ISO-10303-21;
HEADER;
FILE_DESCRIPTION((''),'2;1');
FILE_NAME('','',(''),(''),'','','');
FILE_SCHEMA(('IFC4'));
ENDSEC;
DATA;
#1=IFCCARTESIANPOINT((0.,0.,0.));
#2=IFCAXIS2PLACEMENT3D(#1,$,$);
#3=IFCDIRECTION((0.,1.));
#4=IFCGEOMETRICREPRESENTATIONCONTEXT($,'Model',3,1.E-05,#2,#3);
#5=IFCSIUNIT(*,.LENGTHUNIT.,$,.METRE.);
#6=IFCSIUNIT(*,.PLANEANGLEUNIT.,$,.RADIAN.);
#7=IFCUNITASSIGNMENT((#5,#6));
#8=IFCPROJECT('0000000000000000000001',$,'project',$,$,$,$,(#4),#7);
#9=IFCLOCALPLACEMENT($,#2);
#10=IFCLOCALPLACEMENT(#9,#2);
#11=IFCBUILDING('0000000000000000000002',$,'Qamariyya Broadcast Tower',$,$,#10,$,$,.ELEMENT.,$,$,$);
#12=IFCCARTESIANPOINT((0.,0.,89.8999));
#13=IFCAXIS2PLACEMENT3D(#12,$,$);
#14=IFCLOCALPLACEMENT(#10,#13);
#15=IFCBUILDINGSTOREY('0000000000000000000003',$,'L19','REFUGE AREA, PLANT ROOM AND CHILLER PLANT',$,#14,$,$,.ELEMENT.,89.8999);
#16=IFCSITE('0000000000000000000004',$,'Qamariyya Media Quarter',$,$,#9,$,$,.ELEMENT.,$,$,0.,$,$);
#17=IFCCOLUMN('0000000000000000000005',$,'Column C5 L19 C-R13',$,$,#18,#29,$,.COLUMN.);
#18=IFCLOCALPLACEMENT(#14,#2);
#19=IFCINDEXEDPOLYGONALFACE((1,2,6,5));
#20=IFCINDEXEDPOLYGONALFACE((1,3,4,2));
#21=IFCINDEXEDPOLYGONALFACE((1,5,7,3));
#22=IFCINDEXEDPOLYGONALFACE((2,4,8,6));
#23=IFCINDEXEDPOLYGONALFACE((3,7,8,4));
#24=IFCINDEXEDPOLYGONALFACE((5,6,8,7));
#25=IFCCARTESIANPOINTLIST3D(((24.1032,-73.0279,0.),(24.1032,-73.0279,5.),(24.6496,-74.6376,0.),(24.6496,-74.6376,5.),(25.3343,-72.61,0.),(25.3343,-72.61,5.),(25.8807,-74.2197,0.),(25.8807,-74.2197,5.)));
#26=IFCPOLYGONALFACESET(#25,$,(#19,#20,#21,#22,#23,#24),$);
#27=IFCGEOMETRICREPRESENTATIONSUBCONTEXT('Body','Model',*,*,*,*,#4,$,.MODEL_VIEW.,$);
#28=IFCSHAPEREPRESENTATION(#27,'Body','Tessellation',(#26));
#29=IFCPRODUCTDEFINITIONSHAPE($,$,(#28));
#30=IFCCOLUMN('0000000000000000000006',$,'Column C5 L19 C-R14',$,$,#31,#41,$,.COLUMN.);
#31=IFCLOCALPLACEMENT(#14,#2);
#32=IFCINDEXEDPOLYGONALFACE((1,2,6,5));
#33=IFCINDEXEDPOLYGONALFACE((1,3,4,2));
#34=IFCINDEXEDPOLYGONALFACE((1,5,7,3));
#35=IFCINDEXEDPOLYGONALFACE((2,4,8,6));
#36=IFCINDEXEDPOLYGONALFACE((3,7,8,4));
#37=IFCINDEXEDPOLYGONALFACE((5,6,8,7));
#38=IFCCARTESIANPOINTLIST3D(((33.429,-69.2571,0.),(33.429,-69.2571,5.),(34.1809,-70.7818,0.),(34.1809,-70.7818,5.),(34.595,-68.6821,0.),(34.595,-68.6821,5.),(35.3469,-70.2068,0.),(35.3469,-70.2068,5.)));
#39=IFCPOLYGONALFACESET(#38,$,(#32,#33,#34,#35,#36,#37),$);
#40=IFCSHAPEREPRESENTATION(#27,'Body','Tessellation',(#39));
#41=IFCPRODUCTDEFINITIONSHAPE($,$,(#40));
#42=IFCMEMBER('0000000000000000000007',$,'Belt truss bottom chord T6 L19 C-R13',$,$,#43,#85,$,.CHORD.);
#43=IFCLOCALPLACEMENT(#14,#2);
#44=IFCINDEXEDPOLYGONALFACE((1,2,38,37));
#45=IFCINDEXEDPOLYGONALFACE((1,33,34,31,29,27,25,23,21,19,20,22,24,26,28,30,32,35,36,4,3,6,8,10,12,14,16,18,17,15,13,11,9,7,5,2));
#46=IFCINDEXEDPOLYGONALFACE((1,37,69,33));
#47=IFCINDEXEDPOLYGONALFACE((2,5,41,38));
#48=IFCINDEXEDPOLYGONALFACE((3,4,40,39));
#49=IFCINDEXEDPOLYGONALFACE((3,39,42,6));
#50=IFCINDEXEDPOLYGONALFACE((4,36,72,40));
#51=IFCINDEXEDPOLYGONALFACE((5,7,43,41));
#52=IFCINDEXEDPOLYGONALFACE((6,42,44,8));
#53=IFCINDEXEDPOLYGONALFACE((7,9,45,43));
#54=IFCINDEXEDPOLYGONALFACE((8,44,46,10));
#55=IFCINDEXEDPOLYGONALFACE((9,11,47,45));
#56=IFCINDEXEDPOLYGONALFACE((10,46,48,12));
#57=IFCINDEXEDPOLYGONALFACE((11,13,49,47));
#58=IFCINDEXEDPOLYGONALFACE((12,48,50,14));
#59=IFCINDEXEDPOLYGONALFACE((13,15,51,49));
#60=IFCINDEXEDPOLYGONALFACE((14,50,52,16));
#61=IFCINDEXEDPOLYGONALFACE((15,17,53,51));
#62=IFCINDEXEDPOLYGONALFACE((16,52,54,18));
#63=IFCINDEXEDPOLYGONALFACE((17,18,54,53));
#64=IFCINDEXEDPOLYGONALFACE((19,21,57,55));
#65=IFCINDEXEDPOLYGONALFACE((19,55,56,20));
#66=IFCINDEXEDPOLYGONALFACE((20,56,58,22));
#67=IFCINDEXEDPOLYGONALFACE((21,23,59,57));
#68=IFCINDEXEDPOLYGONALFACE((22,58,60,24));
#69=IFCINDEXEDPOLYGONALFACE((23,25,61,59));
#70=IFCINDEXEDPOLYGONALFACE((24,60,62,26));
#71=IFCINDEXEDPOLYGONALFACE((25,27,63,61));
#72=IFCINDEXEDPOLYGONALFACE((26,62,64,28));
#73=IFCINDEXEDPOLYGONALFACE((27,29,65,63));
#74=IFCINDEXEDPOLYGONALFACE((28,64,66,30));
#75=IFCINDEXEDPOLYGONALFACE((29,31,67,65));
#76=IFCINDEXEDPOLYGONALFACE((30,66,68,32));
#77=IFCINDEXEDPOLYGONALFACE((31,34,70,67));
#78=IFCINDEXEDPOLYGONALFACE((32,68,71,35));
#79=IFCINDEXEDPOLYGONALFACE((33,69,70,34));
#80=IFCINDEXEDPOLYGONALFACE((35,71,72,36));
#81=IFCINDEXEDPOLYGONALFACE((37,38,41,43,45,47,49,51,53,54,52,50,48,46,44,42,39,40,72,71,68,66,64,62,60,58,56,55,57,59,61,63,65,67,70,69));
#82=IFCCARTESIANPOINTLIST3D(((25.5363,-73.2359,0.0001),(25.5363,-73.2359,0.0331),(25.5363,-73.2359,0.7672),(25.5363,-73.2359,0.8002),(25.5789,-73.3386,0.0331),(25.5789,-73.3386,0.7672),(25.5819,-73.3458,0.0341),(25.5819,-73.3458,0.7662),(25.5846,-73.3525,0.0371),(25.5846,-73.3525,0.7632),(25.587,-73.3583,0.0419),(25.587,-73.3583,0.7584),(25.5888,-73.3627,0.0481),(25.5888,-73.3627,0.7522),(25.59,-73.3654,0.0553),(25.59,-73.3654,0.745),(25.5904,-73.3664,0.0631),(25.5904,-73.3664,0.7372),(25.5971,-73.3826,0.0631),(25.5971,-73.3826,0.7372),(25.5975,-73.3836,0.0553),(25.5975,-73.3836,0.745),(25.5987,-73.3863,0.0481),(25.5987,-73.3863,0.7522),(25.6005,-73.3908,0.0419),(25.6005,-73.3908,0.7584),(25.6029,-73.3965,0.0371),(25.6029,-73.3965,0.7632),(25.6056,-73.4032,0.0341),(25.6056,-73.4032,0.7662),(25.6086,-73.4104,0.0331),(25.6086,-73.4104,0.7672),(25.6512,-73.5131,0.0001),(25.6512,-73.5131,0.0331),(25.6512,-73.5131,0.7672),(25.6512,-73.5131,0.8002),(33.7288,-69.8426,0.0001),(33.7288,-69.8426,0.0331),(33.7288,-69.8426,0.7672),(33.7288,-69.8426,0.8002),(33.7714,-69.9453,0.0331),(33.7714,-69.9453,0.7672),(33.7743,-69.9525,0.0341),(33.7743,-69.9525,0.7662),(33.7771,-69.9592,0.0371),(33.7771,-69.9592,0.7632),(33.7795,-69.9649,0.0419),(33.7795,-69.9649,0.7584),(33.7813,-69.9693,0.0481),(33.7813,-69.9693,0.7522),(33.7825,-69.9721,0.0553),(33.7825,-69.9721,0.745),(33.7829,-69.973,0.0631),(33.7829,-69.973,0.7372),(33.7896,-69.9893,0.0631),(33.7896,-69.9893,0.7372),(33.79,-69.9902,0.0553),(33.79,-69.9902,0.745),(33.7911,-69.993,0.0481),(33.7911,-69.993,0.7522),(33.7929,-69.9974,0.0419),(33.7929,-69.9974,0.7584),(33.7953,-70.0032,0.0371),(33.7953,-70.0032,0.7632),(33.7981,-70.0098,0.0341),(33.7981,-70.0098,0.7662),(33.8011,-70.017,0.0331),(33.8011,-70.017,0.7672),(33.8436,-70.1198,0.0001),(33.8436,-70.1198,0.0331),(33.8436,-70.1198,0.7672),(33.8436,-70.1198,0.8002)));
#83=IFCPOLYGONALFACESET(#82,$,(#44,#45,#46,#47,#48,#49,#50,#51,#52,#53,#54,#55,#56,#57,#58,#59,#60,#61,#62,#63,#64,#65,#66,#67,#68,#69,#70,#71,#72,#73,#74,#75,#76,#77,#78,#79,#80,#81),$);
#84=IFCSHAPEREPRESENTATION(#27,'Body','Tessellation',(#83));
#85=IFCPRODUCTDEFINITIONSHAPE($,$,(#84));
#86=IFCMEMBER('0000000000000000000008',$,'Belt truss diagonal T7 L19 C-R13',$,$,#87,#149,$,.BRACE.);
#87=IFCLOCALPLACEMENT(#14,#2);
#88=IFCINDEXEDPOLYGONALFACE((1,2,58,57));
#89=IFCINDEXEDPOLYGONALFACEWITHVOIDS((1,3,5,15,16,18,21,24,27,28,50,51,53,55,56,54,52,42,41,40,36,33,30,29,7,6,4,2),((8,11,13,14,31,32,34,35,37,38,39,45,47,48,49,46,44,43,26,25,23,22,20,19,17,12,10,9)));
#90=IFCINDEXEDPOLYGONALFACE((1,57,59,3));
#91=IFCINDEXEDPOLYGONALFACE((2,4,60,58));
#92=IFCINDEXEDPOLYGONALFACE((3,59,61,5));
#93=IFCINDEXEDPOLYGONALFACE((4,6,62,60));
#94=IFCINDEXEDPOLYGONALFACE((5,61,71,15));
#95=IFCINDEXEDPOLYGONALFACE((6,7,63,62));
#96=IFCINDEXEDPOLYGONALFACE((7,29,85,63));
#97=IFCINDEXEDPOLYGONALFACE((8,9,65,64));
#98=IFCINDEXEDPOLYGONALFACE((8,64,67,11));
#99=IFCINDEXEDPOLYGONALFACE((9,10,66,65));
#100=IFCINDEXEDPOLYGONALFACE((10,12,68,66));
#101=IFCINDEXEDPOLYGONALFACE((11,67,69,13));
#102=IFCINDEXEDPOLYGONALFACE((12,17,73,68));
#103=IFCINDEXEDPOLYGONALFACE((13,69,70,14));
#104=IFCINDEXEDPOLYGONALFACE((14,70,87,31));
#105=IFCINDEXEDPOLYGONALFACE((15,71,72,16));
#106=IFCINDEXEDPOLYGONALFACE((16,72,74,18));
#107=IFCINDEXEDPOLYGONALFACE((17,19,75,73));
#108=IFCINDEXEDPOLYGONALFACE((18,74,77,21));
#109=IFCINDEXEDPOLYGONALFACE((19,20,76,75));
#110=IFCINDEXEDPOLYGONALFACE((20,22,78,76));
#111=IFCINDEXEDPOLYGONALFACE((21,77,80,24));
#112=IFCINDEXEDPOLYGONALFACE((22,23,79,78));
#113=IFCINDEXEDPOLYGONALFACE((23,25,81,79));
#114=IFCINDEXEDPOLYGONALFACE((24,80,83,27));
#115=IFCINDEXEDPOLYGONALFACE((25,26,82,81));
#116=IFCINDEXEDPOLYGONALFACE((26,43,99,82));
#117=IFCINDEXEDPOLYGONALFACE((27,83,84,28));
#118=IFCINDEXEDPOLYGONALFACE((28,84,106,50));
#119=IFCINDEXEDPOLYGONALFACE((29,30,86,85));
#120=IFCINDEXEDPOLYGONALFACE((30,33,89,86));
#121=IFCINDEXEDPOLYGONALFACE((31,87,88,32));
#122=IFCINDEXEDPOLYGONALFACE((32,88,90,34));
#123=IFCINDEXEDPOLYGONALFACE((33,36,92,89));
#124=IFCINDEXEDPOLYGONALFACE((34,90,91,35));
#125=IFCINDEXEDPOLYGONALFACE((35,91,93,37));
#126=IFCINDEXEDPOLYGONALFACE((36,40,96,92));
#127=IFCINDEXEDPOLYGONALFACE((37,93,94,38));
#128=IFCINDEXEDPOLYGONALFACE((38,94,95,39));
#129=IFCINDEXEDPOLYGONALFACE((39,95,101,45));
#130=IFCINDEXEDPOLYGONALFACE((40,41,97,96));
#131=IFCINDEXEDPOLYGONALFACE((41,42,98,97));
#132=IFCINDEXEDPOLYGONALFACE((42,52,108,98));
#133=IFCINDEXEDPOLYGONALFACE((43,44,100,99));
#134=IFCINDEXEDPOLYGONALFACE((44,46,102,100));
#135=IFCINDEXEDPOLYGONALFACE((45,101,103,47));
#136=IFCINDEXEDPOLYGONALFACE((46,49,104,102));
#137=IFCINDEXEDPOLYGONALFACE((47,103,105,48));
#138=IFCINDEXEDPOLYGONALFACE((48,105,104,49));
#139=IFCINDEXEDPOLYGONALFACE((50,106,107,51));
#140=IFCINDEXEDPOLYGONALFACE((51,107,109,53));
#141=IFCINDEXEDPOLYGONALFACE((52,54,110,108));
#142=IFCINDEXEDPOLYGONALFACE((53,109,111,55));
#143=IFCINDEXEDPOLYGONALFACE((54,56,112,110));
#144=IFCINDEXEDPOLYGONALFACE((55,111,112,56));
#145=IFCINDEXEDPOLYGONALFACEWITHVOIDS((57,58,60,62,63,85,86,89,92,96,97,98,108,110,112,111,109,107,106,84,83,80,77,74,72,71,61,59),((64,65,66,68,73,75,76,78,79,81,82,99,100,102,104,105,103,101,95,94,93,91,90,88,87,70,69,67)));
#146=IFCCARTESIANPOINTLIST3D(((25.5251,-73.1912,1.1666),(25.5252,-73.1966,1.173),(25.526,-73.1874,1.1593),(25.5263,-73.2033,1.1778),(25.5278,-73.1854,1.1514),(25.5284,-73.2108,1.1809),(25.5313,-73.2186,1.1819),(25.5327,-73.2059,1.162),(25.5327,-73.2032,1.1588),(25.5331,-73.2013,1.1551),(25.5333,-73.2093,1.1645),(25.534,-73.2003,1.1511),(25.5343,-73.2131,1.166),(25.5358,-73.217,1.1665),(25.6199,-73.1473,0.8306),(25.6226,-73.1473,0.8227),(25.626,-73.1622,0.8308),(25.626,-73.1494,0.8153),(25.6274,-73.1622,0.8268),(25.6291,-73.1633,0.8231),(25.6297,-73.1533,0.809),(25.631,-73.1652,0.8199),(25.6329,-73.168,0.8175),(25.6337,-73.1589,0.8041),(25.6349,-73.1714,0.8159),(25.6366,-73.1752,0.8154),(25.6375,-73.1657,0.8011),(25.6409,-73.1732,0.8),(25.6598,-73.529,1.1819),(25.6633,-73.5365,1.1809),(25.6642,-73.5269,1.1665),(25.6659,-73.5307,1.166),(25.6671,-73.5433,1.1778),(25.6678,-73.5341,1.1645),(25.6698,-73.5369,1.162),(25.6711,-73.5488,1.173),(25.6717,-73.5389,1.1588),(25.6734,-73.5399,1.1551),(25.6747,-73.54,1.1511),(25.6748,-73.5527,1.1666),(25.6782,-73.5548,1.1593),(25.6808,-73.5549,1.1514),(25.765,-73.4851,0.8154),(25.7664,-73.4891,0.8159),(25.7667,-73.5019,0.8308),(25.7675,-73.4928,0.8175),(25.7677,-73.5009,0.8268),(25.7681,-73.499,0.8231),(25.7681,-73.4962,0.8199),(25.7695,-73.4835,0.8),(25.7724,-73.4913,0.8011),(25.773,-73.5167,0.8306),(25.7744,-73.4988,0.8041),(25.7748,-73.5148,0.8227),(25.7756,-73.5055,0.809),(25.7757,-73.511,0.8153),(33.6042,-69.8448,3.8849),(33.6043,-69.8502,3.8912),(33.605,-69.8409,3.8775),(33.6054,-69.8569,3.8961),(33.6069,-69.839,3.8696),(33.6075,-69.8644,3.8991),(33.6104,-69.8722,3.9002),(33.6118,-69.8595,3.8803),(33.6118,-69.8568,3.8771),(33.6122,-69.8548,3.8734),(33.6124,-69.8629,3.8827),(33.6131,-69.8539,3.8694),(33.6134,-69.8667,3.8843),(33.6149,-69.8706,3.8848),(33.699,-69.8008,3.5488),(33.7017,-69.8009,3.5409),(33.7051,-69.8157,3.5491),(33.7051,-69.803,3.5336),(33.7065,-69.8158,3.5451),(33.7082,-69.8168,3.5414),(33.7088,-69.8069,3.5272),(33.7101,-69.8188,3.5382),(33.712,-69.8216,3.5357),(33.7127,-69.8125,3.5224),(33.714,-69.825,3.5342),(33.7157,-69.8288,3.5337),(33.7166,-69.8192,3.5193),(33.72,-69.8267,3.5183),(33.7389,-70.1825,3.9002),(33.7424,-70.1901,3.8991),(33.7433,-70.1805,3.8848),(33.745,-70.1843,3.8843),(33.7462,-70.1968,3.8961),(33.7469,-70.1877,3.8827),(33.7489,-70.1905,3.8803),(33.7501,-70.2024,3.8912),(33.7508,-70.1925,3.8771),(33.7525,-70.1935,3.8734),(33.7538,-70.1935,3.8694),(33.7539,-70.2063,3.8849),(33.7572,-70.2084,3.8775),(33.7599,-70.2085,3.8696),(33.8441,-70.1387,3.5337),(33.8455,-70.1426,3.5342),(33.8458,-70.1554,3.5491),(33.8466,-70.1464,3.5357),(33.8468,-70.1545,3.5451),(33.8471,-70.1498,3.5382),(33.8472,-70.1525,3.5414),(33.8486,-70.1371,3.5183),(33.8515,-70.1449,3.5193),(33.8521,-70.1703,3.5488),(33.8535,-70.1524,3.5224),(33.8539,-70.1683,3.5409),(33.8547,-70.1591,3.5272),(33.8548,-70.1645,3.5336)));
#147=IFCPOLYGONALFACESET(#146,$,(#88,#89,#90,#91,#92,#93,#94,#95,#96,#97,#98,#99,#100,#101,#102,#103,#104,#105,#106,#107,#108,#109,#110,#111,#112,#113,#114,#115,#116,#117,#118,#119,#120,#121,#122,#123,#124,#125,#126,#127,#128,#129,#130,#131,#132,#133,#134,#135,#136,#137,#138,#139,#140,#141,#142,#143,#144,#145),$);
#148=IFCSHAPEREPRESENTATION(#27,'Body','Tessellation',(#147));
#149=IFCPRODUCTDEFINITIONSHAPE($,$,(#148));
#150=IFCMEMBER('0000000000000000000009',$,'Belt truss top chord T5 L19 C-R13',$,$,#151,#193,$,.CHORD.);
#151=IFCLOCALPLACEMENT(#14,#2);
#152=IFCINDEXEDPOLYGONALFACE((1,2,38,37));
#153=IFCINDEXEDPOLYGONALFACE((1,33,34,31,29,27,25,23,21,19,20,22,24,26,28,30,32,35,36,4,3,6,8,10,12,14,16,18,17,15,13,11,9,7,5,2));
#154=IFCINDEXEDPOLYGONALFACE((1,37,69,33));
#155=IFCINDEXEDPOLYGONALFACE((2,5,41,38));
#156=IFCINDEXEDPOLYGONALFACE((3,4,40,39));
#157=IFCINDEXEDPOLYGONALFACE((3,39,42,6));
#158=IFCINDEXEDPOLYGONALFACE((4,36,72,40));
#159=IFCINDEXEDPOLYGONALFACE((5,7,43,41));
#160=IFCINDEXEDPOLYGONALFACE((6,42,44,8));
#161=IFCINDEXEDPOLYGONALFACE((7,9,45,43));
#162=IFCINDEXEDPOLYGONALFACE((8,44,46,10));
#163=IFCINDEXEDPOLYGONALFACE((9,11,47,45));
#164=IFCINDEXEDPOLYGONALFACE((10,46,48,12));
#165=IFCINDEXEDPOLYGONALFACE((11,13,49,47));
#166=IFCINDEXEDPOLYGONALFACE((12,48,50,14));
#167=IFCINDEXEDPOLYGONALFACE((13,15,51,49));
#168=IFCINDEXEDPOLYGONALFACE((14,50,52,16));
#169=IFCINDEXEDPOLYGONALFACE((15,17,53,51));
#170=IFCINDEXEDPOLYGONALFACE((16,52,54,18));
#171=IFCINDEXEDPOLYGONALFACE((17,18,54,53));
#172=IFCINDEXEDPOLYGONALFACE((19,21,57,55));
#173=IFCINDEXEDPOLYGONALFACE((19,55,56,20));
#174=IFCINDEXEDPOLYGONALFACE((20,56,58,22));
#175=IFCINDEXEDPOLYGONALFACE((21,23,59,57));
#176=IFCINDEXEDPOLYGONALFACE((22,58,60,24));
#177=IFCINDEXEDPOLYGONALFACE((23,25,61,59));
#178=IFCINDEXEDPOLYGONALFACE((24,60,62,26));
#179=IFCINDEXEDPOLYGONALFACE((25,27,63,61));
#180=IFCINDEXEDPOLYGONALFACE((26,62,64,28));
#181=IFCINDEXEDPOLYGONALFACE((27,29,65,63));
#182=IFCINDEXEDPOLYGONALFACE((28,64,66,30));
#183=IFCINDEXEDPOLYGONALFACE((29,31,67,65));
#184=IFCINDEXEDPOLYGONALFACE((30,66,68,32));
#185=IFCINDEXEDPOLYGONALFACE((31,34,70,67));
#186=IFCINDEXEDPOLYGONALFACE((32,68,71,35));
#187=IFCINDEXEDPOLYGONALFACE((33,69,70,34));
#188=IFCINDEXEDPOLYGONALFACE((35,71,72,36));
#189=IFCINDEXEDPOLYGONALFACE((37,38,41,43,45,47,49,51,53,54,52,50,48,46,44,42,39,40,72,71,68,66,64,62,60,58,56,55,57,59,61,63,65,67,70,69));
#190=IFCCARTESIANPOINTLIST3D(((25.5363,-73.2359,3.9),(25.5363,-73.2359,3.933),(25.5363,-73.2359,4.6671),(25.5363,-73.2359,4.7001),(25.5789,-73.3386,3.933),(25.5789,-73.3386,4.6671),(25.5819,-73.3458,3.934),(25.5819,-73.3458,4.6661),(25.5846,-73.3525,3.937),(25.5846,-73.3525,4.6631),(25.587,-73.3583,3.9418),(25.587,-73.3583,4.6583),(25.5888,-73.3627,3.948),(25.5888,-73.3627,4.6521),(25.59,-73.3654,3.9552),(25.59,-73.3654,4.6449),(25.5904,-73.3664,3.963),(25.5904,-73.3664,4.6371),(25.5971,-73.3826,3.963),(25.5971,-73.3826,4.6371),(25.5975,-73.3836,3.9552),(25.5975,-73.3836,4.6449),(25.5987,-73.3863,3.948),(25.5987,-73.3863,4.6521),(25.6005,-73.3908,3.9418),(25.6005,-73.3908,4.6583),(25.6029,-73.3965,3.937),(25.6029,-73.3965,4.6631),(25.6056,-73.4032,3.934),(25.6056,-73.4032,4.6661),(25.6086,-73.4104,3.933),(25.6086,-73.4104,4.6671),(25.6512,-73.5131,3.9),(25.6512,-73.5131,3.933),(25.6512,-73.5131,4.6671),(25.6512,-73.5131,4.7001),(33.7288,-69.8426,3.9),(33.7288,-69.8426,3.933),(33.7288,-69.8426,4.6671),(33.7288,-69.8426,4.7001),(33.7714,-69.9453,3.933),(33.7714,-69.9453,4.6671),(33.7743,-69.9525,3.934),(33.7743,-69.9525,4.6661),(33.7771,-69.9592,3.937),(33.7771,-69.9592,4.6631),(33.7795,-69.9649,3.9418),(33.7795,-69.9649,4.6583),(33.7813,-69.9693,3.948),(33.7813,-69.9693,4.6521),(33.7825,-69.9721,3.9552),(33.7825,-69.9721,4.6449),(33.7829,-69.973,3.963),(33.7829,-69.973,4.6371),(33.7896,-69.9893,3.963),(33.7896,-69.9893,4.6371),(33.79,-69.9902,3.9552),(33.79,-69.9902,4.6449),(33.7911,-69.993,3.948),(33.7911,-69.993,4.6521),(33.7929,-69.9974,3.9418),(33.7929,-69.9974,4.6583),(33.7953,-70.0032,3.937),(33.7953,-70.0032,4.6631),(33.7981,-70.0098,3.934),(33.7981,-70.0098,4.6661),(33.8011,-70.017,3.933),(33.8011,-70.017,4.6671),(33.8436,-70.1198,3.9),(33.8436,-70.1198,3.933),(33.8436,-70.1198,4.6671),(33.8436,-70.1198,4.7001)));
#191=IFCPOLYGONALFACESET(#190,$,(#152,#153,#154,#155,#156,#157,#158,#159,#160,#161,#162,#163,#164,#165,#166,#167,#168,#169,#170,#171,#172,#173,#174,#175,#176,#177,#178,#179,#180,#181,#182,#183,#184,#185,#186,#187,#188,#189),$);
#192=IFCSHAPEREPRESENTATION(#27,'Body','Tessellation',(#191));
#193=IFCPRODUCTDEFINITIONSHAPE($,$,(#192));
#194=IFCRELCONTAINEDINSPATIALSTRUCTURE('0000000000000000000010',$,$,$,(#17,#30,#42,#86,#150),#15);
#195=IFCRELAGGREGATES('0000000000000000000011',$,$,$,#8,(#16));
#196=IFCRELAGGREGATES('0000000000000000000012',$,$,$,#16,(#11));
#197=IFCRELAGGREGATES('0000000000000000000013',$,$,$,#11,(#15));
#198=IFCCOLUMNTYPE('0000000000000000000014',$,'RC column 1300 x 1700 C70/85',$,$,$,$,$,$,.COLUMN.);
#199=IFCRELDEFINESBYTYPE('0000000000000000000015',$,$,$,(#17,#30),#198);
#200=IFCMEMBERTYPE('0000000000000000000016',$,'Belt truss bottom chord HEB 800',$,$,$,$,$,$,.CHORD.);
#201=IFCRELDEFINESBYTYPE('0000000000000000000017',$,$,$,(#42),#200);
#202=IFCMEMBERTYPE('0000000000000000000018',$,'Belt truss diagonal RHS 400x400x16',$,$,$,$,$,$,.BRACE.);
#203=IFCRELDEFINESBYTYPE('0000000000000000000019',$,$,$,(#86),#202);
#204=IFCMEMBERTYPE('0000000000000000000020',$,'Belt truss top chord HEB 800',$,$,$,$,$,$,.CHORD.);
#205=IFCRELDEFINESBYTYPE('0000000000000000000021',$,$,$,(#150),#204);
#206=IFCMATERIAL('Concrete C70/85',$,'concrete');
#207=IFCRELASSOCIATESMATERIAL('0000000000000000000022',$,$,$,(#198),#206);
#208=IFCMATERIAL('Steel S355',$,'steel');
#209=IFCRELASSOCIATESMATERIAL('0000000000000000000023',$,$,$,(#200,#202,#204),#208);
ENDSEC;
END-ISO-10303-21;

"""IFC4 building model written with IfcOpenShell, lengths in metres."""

from ifc_helpers import new_model, si_unit, direction, frame, origin, origin_2d, place, context, subcontext, project, spatial, rectangle, hollow_rectangle, i_section, extrude, material, material_profile, profile_set, type_object, element, save


model = new_model("IFC4")

# Units and contexts
model_context = context("Model", 3, precision=1e-05, world=origin(), true_north=direction((0.0, 1.0)))
body_context = subcontext(model_context, "Body", "Model", "MODEL_VIEW")
ifc_project = project(units=[si_unit("LENGTHUNIT", "METRE"), si_unit("PLANEANGLEUNIT", "RADIAN")], contexts=[model_context])

# Site, building, storey
site_placement = place(None, origin())
site = spatial("IfcSite", under=ifc_project, at=site_placement, Name="Qamariyya Media Quarter", CompositionType="ELEMENT", RefElevation=0.0)
building_placement = place(site_placement, origin())
building = spatial("IfcBuilding", under=site, at=building_placement, Name="Qamariyya Broadcast Tower", CompositionType="ELEMENT")
storey_placement = place(building_placement, frame((0.0, 0.0, 89.8999)))
storey = spatial("IfcBuildingStorey", under=building, at=storey_placement, Name="L19", Description="REFUGE AREA, PLANT ROOM AND CHILLER PLANT", CompositionType="ELEMENT", Elevation=89.8999)

# Columns
ifc_material_1 = material(Name="Concrete C70/85", Category="concrete")
ifc_material_profile_1 = material_profile(ifc_material_1, rectangle(XDim=1.3, YDim=1.7, at=origin_2d()))
ifc_profile_set_1 = profile_set([ifc_material_profile_1], Name="Concrete C70/85")
column_type = type_object("IfcColumnType", Name="RC column 1300 x 1700 C70/85", PredefinedType="COLUMN", material=ifc_profile_set_1)
for number, where, z_axis, x_axis, name in (
    (1, (24.9919, -73.6238, 0.0), (0.0, 0.0, 1.0), (0.94693, 0.321439, 0.0), "Column C5 L19 C-R13"),
    (2, (34.3879, -69.7319, 0.0), (0.0, 0.0, 1.0), (0.896873, 0.442289, 0.0), "Column C5 L19 C-R14"),
):
    element("IfcColumn", number, at=place(storey_placement, frame(where, z_axis=z_axis, x_axis=x_axis)), inside=storey, type_object=column_type, Name=name, PredefinedType="COLUMN", context=body_context, shape_type="SweptSolid", body=[
        extrude(rectangle(XDim=1.3, YDim=1.7, at=origin_2d()), origin(), (0.0, 0.0, 1.0), 5.0),
    ])

# Members
ifc_material_2 = material(Name="Steel S355", Category="steel")
ifc_material_profile_2 = material_profile(ifc_material_2, i_section(OverallWidth=0.3, OverallDepth=0.8, WebThickness=0.0176, FlangeThickness=0.033, FilletRadius=0.03, at=origin_2d()))
ifc_profile_set_2 = profile_set([ifc_material_profile_2], Name="Steel S355")
member_type_1 = type_object("IfcMemberType", Name="Belt truss bottom chord HEB 800", PredefinedType="CHORD", material=ifc_profile_set_2)
member_1_placement = place(storey_placement, frame((25.5938, -73.3745, 0.4001), z_axis=(0.923883, 0.382675, 0.0), x_axis=(-0.382675, 0.923883, 0.0)))
element("IfcMember", 3, at=member_1_placement, inside=storey, type_object=member_type_1, Name="Belt truss bottom chord T6 L19 C-R13", PredefinedType="CHORD", context=body_context, shape_type="SweptSolid", body=[
    extrude(i_section(OverallWidth=0.3, OverallDepth=0.8, WebThickness=0.0176, FlangeThickness=0.033, FilletRadius=0.03, at=origin_2d()), origin(), (0.0, 0.0, 1.0), 8.8674),
])
ifc_material_profile_3 = material_profile(ifc_material_2, hollow_rectangle(XDim=0.3999, YDim=0.3999, WallThickness=0.0161, InnerFilletRadius=0.0161, OuterFilletRadius=0.032, at=origin_2d()))
ifc_profile_set_3 = profile_set([ifc_material_profile_3], Name="Steel S355")
member_type_2 = type_object("IfcMemberType", Name="Belt truss diagonal RHS 400x400x16", PredefinedType="BRACE", material=ifc_profile_set_3)
member_2_placement = place(storey_placement, frame((25.6504, -73.3511, 0.991), z_axis=(0.882241, 0.365432, 0.296835), x_axis=(-0.38268, 0.923881, 0.0)))
element("IfcMember", 4, at=member_2_placement, inside=storey, type_object=member_type_2, Name="Belt truss diagonal T7 L19 C-R13", PredefinedType="BRACE", context=body_context, shape_type="SweptSolid", body=[
    extrude(hollow_rectangle(XDim=0.3999, YDim=0.3999, WallThickness=0.0161, InnerFilletRadius=0.0161, OuterFilletRadius=0.032, at=origin_2d()), origin(), (0.0, 0.0, 1.0), 9.1575),
])
ifc_material_profile_4 = material_profile(ifc_material_2, i_section(OverallWidth=0.3, OverallDepth=0.8, WebThickness=0.0176, FlangeThickness=0.033, FilletRadius=0.03, at=origin_2d()))
ifc_profile_set_4 = profile_set([ifc_material_profile_4], Name="Steel S355")
member_type_3 = type_object("IfcMemberType", Name="Belt truss top chord HEB 800", PredefinedType="CHORD", material=ifc_profile_set_4)
member_3_placement = place(storey_placement, frame((25.5938, -73.3745, 4.3), z_axis=(0.923883, 0.382675, 0.0), x_axis=(-0.382675, 0.923883, 0.0)))
element("IfcMember", 5, at=member_3_placement, inside=storey, type_object=member_type_3, Name="Belt truss top chord T5 L19 C-R13", PredefinedType="CHORD", context=body_context, shape_type="SweptSolid", body=[
    extrude(i_section(OverallWidth=0.3, OverallDepth=0.8, WebThickness=0.0176, FlangeThickness=0.033, FilletRadius=0.03, at=origin_2d()), origin(), (0.0, 0.0, 1.0), 8.8674),
])

save(model, "model.ifc")
